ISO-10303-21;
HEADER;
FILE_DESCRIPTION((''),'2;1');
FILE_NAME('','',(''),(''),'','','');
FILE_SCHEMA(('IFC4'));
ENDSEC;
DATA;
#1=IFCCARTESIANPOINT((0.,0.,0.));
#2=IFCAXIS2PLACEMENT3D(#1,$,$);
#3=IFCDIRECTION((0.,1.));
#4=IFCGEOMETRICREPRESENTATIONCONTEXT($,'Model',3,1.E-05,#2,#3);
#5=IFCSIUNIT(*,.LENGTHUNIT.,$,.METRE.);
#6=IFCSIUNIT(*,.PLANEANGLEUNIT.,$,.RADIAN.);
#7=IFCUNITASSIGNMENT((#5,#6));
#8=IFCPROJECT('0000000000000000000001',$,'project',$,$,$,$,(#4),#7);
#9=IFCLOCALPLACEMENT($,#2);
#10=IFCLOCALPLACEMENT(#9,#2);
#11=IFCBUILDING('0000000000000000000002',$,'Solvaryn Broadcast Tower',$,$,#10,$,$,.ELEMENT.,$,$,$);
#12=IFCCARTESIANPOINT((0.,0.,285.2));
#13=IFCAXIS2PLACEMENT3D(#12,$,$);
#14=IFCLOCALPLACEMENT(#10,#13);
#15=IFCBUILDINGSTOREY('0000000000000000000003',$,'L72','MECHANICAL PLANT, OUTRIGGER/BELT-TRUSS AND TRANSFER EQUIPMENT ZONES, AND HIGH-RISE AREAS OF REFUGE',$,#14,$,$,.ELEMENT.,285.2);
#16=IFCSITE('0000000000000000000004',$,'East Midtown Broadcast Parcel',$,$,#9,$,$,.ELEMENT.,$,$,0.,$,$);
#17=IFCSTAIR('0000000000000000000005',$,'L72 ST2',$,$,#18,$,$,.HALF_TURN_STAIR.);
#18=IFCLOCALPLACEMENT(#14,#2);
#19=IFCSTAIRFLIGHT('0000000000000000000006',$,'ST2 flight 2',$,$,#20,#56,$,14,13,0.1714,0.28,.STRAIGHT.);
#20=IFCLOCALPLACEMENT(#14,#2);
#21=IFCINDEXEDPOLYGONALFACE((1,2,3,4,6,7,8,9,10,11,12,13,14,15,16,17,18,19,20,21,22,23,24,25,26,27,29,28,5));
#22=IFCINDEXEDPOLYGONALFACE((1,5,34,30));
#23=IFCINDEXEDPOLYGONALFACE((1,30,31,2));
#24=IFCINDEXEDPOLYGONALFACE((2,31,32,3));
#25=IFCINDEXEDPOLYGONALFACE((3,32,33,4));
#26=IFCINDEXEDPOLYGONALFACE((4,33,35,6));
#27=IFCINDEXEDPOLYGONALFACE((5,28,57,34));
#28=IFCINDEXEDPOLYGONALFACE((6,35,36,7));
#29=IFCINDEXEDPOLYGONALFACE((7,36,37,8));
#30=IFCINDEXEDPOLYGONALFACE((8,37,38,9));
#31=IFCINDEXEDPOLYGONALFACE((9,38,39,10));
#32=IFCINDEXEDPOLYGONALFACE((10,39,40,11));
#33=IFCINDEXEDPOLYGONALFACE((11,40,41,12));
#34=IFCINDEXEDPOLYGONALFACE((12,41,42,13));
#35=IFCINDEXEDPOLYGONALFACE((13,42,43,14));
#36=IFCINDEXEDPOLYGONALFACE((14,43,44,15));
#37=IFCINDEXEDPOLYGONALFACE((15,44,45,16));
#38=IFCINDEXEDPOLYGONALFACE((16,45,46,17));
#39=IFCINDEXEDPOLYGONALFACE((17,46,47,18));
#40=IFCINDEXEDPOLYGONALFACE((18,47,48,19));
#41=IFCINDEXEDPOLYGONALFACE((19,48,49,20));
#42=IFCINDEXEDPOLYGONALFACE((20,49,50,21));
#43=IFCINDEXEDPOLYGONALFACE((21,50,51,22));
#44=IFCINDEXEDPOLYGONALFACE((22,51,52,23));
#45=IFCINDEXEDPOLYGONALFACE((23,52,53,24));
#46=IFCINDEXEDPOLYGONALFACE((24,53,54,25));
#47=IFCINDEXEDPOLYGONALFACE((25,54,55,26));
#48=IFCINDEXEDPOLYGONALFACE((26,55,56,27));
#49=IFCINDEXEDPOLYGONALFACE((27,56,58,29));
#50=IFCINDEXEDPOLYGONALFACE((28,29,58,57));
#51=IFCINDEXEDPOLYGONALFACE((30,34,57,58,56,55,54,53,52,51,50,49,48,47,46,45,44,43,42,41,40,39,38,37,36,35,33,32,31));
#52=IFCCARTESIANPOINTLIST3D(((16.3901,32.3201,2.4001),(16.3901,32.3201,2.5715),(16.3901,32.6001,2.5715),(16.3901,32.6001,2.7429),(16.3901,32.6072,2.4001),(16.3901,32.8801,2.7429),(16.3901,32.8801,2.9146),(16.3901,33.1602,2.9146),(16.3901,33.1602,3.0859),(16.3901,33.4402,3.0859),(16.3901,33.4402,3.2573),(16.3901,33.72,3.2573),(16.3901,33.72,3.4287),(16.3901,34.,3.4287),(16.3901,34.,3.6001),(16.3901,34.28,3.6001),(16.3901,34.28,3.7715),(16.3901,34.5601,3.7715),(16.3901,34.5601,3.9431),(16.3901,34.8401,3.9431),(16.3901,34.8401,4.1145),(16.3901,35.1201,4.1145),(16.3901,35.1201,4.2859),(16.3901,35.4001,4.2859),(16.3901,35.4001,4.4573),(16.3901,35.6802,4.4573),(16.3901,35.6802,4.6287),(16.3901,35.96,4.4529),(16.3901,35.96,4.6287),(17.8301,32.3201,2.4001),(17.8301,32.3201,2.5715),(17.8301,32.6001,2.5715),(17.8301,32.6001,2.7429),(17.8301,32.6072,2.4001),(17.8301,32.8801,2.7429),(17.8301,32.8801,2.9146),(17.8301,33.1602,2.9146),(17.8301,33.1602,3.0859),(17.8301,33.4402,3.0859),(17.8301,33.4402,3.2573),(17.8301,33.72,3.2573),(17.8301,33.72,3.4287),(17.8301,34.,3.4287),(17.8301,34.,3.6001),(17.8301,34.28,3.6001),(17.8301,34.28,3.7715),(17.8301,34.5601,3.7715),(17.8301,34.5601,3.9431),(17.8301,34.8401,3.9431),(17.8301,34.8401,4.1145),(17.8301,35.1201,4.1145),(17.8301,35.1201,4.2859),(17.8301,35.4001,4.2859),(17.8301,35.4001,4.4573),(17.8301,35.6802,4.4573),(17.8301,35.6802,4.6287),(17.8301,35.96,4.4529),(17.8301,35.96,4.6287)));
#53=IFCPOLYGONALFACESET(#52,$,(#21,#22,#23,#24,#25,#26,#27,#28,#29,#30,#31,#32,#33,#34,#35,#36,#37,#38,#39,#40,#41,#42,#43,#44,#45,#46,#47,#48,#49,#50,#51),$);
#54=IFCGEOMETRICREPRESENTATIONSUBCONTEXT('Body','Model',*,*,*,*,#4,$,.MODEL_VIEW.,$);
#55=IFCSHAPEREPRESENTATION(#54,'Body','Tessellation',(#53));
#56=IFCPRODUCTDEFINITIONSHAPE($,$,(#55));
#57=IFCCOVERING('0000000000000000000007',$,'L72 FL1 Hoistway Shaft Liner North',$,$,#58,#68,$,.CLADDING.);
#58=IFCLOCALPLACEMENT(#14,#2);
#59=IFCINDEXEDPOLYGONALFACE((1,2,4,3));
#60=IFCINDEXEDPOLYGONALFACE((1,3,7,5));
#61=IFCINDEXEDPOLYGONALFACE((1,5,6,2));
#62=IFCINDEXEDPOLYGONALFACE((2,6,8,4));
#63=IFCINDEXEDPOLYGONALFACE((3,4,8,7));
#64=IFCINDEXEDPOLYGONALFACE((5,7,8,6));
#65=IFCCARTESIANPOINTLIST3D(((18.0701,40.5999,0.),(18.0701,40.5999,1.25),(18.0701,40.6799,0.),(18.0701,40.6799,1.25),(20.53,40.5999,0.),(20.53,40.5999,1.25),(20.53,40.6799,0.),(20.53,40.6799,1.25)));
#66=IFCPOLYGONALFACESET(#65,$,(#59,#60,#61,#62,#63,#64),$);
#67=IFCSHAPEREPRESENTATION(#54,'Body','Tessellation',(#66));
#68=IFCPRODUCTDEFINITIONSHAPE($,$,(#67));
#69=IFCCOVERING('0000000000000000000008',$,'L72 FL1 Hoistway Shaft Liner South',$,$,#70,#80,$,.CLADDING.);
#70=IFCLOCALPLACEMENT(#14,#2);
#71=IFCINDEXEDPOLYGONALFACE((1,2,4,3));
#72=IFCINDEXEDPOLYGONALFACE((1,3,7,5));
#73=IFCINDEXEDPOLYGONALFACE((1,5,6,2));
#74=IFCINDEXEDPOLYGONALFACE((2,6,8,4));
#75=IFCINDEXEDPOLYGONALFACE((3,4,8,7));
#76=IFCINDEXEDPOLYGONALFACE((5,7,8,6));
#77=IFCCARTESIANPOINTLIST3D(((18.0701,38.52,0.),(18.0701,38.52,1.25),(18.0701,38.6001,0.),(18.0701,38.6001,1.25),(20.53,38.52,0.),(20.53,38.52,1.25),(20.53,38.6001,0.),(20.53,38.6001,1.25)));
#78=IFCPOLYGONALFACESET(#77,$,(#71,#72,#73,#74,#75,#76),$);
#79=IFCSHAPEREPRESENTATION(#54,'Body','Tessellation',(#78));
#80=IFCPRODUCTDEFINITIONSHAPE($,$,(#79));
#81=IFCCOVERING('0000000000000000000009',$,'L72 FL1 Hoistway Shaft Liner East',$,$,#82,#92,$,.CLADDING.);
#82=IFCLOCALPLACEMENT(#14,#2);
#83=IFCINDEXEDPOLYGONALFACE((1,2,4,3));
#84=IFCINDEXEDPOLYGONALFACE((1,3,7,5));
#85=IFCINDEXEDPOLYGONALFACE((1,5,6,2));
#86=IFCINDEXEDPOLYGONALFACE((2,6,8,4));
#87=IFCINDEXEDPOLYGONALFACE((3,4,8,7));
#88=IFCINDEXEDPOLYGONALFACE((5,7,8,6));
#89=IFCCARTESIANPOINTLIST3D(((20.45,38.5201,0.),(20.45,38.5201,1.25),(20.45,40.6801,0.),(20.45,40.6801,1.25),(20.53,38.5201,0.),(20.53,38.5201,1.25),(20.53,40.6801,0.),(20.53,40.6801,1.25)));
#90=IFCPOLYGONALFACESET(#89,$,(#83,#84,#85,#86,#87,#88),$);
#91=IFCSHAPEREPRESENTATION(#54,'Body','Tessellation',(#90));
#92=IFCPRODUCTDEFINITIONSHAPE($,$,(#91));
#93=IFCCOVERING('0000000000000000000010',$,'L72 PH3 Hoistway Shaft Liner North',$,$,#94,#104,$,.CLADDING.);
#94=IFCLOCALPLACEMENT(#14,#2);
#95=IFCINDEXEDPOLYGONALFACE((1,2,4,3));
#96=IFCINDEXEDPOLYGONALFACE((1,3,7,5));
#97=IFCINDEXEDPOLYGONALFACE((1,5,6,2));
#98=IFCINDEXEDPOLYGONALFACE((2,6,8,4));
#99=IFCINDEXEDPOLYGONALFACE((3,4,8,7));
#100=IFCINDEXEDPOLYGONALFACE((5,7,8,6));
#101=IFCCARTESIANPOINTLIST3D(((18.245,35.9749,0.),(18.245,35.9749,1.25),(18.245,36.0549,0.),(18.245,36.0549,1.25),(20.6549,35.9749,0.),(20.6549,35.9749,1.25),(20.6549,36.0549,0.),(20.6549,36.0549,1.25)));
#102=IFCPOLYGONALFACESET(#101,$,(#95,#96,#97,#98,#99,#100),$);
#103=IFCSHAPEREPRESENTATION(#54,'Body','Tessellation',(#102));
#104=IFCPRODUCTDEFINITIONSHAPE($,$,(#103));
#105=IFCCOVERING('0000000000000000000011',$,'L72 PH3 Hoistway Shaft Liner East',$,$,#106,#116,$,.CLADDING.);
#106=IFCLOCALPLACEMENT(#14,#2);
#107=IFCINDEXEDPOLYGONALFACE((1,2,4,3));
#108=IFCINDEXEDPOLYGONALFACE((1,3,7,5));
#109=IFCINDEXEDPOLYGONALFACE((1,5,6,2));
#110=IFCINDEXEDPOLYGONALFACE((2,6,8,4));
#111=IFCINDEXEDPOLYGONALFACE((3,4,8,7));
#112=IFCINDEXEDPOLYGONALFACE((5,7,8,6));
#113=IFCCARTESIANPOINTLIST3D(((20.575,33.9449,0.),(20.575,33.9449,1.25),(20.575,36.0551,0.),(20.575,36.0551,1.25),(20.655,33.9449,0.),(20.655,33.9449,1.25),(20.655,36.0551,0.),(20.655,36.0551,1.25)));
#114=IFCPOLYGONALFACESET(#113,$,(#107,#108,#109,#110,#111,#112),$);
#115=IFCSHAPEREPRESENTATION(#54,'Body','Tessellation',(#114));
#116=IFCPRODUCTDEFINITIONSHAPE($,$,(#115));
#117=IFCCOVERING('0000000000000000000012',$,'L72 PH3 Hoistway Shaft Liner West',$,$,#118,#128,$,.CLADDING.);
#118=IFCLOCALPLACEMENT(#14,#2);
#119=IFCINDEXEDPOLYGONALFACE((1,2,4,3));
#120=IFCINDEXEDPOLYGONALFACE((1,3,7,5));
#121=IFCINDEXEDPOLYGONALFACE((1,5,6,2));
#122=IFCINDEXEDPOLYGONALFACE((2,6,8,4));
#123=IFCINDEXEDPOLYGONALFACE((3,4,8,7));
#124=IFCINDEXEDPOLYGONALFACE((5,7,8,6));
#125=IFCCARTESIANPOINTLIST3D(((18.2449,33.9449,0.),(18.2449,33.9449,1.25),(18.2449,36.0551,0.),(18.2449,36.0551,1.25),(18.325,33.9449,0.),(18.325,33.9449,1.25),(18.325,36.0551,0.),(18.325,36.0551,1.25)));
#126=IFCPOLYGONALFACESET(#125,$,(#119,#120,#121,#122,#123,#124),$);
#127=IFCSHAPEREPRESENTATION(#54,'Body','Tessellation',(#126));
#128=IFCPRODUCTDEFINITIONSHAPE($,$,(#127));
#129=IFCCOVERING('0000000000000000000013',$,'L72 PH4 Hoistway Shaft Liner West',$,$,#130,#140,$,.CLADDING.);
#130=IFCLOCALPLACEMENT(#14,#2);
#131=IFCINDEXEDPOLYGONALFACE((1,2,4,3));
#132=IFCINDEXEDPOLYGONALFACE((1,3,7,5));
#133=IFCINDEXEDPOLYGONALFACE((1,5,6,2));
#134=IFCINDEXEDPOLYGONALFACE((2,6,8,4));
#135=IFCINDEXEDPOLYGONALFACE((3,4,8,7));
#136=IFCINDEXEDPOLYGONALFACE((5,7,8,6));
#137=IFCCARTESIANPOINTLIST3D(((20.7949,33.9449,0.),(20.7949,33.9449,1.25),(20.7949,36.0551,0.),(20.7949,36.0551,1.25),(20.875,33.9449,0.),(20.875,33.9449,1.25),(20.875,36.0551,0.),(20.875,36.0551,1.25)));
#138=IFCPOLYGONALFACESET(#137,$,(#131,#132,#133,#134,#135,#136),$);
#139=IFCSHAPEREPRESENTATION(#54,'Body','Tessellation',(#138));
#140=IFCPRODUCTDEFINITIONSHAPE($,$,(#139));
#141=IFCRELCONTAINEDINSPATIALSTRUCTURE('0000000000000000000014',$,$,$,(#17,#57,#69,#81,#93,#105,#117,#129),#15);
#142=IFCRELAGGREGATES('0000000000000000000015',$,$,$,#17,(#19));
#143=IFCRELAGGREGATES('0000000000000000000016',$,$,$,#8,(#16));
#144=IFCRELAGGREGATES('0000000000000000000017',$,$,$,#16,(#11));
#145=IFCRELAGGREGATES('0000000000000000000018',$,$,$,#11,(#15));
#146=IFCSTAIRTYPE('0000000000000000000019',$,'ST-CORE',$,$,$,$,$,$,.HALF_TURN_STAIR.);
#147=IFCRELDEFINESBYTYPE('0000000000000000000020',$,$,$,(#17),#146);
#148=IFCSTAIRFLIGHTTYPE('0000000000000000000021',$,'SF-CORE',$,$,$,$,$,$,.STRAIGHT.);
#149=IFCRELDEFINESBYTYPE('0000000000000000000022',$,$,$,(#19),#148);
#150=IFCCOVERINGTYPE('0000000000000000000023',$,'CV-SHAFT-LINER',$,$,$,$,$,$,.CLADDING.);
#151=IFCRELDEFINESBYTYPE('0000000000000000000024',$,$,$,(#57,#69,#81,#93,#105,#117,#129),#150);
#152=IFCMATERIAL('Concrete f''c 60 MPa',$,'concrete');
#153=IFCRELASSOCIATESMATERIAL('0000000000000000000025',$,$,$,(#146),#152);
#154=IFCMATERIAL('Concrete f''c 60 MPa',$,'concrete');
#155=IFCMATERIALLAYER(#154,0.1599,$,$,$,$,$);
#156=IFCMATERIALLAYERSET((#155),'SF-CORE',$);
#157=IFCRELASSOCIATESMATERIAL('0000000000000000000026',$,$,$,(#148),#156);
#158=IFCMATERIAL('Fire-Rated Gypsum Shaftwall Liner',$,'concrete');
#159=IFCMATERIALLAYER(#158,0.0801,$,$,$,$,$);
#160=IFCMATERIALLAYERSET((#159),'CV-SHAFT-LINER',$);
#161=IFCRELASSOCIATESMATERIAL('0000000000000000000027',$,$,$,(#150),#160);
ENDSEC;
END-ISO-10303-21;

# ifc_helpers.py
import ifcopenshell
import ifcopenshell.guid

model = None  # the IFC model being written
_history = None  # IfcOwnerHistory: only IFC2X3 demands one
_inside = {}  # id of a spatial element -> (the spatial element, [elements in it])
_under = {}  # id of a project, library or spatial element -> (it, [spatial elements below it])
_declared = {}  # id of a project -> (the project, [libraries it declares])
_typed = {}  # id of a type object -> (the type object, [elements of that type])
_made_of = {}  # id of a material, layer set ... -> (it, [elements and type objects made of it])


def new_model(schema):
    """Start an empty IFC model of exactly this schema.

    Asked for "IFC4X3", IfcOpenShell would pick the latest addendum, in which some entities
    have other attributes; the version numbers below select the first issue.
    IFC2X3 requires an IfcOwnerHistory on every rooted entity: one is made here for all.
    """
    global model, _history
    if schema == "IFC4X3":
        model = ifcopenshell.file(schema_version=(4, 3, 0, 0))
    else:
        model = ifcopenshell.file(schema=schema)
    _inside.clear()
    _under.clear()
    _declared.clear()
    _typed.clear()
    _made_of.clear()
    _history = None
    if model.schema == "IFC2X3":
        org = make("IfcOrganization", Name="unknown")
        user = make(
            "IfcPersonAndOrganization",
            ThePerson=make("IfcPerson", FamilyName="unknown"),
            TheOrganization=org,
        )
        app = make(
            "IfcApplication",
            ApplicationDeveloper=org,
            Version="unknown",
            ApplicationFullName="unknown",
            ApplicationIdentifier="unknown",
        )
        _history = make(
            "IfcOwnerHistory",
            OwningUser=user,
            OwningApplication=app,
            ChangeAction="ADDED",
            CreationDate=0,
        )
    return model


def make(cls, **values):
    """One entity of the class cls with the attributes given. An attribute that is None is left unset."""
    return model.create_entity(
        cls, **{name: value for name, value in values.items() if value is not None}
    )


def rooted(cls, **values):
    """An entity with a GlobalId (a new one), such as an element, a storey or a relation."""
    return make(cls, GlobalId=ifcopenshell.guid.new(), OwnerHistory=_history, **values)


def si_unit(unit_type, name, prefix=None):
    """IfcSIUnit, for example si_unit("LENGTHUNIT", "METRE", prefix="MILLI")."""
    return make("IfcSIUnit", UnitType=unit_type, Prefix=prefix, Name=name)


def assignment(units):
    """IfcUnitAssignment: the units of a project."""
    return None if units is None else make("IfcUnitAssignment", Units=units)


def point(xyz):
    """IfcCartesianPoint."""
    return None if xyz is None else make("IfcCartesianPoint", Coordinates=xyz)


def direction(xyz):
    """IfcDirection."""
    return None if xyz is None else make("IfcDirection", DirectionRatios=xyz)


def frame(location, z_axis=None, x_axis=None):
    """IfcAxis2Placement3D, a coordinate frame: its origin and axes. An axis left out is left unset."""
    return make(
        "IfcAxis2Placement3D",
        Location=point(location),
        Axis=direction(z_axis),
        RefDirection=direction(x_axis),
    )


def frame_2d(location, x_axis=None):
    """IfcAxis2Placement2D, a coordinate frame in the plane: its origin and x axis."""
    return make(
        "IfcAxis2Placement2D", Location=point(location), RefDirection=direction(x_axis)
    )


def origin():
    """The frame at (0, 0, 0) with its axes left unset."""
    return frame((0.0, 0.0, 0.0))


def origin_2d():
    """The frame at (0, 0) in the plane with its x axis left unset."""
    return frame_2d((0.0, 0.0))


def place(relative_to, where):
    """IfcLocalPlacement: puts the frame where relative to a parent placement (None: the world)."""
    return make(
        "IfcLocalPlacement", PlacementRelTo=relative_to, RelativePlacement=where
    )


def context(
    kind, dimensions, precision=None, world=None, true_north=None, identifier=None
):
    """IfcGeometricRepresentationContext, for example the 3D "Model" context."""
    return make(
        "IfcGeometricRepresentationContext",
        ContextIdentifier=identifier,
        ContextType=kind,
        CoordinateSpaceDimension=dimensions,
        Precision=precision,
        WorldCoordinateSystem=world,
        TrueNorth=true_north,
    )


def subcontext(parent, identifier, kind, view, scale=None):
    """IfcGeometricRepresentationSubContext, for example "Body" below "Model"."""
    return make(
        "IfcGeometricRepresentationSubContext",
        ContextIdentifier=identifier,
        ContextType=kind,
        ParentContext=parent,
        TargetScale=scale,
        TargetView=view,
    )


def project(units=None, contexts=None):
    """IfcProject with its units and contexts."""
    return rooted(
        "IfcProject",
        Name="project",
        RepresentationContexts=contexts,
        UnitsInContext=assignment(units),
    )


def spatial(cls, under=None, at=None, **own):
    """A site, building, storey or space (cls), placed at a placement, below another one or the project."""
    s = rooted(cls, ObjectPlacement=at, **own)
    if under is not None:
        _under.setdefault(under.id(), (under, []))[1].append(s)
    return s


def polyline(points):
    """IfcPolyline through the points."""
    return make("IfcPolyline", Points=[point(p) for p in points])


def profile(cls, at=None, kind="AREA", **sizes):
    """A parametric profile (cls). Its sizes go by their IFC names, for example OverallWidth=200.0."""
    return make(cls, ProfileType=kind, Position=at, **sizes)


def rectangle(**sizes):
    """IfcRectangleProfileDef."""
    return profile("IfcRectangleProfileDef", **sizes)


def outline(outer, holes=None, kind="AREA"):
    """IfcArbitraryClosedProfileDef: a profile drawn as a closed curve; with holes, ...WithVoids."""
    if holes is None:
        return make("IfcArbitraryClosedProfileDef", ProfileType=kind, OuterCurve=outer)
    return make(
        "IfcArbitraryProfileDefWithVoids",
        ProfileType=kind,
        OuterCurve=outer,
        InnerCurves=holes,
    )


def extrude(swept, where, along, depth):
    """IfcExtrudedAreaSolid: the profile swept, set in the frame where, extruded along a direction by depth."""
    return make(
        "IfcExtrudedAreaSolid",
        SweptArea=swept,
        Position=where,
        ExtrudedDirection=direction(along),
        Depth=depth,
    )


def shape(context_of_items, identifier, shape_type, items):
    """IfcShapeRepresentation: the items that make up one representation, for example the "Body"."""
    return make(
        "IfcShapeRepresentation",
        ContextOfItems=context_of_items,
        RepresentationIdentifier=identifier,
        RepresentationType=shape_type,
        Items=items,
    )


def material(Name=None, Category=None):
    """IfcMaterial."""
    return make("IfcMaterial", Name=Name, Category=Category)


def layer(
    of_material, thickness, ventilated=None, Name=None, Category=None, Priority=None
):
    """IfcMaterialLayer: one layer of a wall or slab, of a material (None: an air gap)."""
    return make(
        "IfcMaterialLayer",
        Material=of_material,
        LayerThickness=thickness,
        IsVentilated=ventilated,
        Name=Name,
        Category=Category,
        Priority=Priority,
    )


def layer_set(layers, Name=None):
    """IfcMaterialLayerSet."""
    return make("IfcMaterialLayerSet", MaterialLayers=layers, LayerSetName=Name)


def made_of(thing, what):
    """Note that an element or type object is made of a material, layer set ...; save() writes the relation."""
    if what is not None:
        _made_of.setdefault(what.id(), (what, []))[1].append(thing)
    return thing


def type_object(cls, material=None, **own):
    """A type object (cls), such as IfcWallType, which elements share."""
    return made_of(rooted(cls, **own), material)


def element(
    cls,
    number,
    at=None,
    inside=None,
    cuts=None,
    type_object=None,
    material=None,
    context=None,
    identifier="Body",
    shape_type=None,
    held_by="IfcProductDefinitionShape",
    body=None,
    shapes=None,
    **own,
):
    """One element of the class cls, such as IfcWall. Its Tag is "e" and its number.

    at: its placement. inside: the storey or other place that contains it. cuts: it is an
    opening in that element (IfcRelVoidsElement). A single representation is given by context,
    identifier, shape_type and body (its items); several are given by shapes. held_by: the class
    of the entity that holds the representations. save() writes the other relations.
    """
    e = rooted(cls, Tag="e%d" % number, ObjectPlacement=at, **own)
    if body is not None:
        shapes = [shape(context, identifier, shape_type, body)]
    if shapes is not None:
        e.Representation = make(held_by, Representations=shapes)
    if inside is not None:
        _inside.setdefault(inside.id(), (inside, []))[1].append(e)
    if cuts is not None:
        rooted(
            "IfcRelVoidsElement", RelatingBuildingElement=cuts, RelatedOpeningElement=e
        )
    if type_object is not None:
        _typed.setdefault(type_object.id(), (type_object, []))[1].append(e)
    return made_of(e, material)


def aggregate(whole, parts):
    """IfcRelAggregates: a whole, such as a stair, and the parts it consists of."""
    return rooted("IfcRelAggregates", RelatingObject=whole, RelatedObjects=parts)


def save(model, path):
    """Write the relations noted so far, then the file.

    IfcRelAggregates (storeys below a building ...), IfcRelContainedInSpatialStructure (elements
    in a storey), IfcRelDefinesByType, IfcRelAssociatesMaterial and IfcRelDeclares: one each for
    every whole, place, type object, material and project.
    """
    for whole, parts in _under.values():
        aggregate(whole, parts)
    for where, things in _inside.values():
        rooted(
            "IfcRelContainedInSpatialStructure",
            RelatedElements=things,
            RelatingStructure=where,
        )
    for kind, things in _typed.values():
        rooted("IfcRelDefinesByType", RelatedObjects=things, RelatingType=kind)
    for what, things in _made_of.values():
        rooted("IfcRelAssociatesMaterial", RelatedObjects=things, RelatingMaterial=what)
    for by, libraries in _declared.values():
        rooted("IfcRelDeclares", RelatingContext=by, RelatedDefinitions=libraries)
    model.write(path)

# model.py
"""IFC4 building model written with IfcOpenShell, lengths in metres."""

from ifc_helpers import new_model, si_unit, direction, frame, origin, origin_2d, place, context, subcontext, project, spatial, polyline, rectangle, outline, extrude, material, layer, layer_set, type_object, element, aggregate, save


model = new_model("IFC4")

# Units and contexts
model_context = context("Model", 3, precision=1e-05, world=origin(), true_north=direction((0.0, 1.0)))
body_context = subcontext(model_context, "Body", "Model", "MODEL_VIEW")
ifc_project = project(units=[si_unit("LENGTHUNIT", "METRE"), si_unit("PLANEANGLEUNIT", "RADIAN")], contexts=[model_context])

# Site, building, storey
site_placement = place(None, origin())
site = spatial("IfcSite", under=ifc_project, at=site_placement, Name="East Midtown Broadcast Parcel", CompositionType="ELEMENT", RefElevation=0.0)
building_placement = place(site_placement, origin())
building = spatial("IfcBuilding", under=site, at=building_placement, Name="Solvaryn Broadcast Tower", CompositionType="ELEMENT")
storey_placement = place(building_placement, frame((0.0, 0.0, 285.2)))
storey = spatial("IfcBuildingStorey", under=building, at=storey_placement, Name="L72", Description="MECHANICAL PLANT, OUTRIGGER/BELT-TRUSS AND TRANSFER EQUIPMENT ZONES, AND HIGH-RISE AREAS OF REFUGE", CompositionType="ELEMENT", Elevation=285.2)

# Stair, stair flight
ifc_material_1 = material(Name="Concrete f'c 60 MPa", Category="concrete")
stair_type = type_object("IfcStairType", Name="ST-CORE", PredefinedType="HALF_TURN_STAIR", material=ifc_material_1)
stair_placement = place(storey_placement, origin())
stair = element("IfcStair", 1, at=stair_placement, inside=storey, type_object=stair_type, Name="L72 ST2", PredefinedType="HALF_TURN_STAIR")
ifc_material_2 = material(Name="Concrete f'c 60 MPa", Category="concrete")
ifc_layer_1 = layer(ifc_material_2, 0.1599)
ifc_layer_set_1 = layer_set([ifc_layer_1], Name="SF-CORE")
stair_flight_type = type_object("IfcStairFlightType", Name="SF-CORE", PredefinedType="STRAIGHT", material=ifc_layer_set_1)
stair_flight_1_placement = place(storey_placement, frame((17.1101, 32.3201, 2.4001), z_axis=(0.0, 0.0, 1.0), x_axis=(0.0, 1.0, 0.0)))
stair_flight_1 = element("IfcStairFlight", 2, at=stair_flight_1_placement, type_object=stair_flight_type, Name="ST2 flight 2", NumberOfRisers=14, NumberOfTreads=13, PredefinedType="STRAIGHT", RiserHeight=0.1714, TreadLength=0.28, context=body_context, shape_type="SweptSolid", body=[
    extrude(outline(polyline([(0.0, 0.0), (0.0, 0.1714), (0.28, 0.1714), (0.28, 0.3428), (0.5601, 0.3428), (0.5601, 0.5144), (0.8401, 0.5144), (0.8401, 0.6858), (1.1201, 0.6858), (1.1201, 0.8572), (1.3999, 0.8572), (1.3999, 1.0286), (1.6799, 1.0286), (1.6799, 1.2), (1.96, 1.2), (1.96, 1.3713), (2.24, 1.3713), (2.24, 1.543), (2.52, 1.543), (2.52, 1.7144), (2.8, 1.7144), (2.8, 1.8857), (3.0801, 1.8857), (3.0801, 2.0571), (3.3601, 2.0571), (3.3601, 2.2285), (3.6399, 2.2285), (3.6399, 2.3999), (3.6399, 2.0527), (0.2871, 0.0), (0.0, 0.0)])), frame((0.0, 0.72, 0.0), z_axis=(0.0, -1.0, 0.0), x_axis=(1.0, 0.0, 0.0)), (0.0, 0.0, 1.0), 1.4399),
])
aggregate(stair, [stair_flight_1])

# Coverings
ifc_material_3 = material(Name="Fire-Rated Gypsum Shaftwall Liner", Category="concrete")
ifc_layer_2 = layer(ifc_material_3, 0.0801)
ifc_layer_set_2 = layer_set([ifc_layer_2], Name="CV-SHAFT-LINER")
covering_type = type_object("IfcCoveringType", Name="CV-SHAFT-LINER", PredefinedType="CLADDING", material=ifc_layer_set_2)
for number, where, z_axis, x_axis, name in (
    (3, (19.3, 40.6399, 0.0), (0.0, 0.0, 1.0), (1.0, 0.0, 0.0), "L72 FL1 Hoistway Shaft Liner North"),
    (4, (19.3, 38.5601, 0.0), (0.0, 0.0, 1.0), (1.0, 0.0, 0.0), "L72 FL1 Hoistway Shaft Liner South"),
):
    element("IfcCovering", number, at=place(storey_placement, frame(where, z_axis=z_axis, x_axis=x_axis)), inside=storey, type_object=covering_type, Name=name, PredefinedType="CLADDING", context=body_context, shape_type="SweptSolid", body=[
        extrude(rectangle(XDim=2.46, YDim=0.0801, at=origin_2d()), origin(), (0.0, 0.0, 1.0), 1.25),
    ])
covering_1_placement = place(storey_placement, frame((20.49, 39.6001, 0.0), z_axis=(0.0, 0.0, 1.0), x_axis=(1.0, 0.0, 0.0)))
element("IfcCovering", 5, at=covering_1_placement, inside=storey, type_object=covering_type, Name="L72 FL1 Hoistway Shaft Liner East", PredefinedType="CLADDING", context=body_context, shape_type="SweptSolid", body=[
    extrude(rectangle(XDim=0.0801, YDim=2.1599, at=origin_2d()), origin(), (0.0, 0.0, 1.0), 1.25),
])
covering_2_placement = place(storey_placement, frame((19.45, 36.0149, 0.0), z_axis=(0.0, 0.0, 1.0), x_axis=(1.0, 0.0, 0.0)))
element("IfcCovering", 6, at=covering_2_placement, inside=storey, type_object=covering_type, Name="L72 PH3 Hoistway Shaft Liner North", PredefinedType="CLADDING", context=body_context, shape_type="SweptSolid", body=[
    extrude(rectangle(XDim=2.4099, YDim=0.0801, at=origin_2d()), origin(), (0.0, 0.0, 1.0), 1.25),
])
for number, where, z_axis, x_axis, name in (
    (7, (20.615, 35.0, 0.0), (0.0, 0.0, 1.0), (1.0, 0.0, 0.0), "L72 PH3 Hoistway Shaft Liner East"),
    (8, (18.2849, 35.0, 0.0), (0.0, 0.0, 1.0), (1.0, 0.0, 0.0), "L72 PH3 Hoistway Shaft Liner West"),
    (9, (20.835, 35.0, 0.0), (0.0, 0.0, 1.0), (1.0, 0.0, 0.0), "L72 PH4 Hoistway Shaft Liner West"),
):
    element("IfcCovering", number, at=place(storey_placement, frame(where, z_axis=z_axis, x_axis=x_axis)), inside=storey, type_object=covering_type, Name=name, PredefinedType="CLADDING", context=body_context, shape_type="SweptSolid", body=[
        extrude(rectangle(XDim=0.0801, YDim=2.1101, at=origin_2d()), origin(), (0.0, 0.0, 1.0), 1.25),
    ])

save(model, "model.ifc")
